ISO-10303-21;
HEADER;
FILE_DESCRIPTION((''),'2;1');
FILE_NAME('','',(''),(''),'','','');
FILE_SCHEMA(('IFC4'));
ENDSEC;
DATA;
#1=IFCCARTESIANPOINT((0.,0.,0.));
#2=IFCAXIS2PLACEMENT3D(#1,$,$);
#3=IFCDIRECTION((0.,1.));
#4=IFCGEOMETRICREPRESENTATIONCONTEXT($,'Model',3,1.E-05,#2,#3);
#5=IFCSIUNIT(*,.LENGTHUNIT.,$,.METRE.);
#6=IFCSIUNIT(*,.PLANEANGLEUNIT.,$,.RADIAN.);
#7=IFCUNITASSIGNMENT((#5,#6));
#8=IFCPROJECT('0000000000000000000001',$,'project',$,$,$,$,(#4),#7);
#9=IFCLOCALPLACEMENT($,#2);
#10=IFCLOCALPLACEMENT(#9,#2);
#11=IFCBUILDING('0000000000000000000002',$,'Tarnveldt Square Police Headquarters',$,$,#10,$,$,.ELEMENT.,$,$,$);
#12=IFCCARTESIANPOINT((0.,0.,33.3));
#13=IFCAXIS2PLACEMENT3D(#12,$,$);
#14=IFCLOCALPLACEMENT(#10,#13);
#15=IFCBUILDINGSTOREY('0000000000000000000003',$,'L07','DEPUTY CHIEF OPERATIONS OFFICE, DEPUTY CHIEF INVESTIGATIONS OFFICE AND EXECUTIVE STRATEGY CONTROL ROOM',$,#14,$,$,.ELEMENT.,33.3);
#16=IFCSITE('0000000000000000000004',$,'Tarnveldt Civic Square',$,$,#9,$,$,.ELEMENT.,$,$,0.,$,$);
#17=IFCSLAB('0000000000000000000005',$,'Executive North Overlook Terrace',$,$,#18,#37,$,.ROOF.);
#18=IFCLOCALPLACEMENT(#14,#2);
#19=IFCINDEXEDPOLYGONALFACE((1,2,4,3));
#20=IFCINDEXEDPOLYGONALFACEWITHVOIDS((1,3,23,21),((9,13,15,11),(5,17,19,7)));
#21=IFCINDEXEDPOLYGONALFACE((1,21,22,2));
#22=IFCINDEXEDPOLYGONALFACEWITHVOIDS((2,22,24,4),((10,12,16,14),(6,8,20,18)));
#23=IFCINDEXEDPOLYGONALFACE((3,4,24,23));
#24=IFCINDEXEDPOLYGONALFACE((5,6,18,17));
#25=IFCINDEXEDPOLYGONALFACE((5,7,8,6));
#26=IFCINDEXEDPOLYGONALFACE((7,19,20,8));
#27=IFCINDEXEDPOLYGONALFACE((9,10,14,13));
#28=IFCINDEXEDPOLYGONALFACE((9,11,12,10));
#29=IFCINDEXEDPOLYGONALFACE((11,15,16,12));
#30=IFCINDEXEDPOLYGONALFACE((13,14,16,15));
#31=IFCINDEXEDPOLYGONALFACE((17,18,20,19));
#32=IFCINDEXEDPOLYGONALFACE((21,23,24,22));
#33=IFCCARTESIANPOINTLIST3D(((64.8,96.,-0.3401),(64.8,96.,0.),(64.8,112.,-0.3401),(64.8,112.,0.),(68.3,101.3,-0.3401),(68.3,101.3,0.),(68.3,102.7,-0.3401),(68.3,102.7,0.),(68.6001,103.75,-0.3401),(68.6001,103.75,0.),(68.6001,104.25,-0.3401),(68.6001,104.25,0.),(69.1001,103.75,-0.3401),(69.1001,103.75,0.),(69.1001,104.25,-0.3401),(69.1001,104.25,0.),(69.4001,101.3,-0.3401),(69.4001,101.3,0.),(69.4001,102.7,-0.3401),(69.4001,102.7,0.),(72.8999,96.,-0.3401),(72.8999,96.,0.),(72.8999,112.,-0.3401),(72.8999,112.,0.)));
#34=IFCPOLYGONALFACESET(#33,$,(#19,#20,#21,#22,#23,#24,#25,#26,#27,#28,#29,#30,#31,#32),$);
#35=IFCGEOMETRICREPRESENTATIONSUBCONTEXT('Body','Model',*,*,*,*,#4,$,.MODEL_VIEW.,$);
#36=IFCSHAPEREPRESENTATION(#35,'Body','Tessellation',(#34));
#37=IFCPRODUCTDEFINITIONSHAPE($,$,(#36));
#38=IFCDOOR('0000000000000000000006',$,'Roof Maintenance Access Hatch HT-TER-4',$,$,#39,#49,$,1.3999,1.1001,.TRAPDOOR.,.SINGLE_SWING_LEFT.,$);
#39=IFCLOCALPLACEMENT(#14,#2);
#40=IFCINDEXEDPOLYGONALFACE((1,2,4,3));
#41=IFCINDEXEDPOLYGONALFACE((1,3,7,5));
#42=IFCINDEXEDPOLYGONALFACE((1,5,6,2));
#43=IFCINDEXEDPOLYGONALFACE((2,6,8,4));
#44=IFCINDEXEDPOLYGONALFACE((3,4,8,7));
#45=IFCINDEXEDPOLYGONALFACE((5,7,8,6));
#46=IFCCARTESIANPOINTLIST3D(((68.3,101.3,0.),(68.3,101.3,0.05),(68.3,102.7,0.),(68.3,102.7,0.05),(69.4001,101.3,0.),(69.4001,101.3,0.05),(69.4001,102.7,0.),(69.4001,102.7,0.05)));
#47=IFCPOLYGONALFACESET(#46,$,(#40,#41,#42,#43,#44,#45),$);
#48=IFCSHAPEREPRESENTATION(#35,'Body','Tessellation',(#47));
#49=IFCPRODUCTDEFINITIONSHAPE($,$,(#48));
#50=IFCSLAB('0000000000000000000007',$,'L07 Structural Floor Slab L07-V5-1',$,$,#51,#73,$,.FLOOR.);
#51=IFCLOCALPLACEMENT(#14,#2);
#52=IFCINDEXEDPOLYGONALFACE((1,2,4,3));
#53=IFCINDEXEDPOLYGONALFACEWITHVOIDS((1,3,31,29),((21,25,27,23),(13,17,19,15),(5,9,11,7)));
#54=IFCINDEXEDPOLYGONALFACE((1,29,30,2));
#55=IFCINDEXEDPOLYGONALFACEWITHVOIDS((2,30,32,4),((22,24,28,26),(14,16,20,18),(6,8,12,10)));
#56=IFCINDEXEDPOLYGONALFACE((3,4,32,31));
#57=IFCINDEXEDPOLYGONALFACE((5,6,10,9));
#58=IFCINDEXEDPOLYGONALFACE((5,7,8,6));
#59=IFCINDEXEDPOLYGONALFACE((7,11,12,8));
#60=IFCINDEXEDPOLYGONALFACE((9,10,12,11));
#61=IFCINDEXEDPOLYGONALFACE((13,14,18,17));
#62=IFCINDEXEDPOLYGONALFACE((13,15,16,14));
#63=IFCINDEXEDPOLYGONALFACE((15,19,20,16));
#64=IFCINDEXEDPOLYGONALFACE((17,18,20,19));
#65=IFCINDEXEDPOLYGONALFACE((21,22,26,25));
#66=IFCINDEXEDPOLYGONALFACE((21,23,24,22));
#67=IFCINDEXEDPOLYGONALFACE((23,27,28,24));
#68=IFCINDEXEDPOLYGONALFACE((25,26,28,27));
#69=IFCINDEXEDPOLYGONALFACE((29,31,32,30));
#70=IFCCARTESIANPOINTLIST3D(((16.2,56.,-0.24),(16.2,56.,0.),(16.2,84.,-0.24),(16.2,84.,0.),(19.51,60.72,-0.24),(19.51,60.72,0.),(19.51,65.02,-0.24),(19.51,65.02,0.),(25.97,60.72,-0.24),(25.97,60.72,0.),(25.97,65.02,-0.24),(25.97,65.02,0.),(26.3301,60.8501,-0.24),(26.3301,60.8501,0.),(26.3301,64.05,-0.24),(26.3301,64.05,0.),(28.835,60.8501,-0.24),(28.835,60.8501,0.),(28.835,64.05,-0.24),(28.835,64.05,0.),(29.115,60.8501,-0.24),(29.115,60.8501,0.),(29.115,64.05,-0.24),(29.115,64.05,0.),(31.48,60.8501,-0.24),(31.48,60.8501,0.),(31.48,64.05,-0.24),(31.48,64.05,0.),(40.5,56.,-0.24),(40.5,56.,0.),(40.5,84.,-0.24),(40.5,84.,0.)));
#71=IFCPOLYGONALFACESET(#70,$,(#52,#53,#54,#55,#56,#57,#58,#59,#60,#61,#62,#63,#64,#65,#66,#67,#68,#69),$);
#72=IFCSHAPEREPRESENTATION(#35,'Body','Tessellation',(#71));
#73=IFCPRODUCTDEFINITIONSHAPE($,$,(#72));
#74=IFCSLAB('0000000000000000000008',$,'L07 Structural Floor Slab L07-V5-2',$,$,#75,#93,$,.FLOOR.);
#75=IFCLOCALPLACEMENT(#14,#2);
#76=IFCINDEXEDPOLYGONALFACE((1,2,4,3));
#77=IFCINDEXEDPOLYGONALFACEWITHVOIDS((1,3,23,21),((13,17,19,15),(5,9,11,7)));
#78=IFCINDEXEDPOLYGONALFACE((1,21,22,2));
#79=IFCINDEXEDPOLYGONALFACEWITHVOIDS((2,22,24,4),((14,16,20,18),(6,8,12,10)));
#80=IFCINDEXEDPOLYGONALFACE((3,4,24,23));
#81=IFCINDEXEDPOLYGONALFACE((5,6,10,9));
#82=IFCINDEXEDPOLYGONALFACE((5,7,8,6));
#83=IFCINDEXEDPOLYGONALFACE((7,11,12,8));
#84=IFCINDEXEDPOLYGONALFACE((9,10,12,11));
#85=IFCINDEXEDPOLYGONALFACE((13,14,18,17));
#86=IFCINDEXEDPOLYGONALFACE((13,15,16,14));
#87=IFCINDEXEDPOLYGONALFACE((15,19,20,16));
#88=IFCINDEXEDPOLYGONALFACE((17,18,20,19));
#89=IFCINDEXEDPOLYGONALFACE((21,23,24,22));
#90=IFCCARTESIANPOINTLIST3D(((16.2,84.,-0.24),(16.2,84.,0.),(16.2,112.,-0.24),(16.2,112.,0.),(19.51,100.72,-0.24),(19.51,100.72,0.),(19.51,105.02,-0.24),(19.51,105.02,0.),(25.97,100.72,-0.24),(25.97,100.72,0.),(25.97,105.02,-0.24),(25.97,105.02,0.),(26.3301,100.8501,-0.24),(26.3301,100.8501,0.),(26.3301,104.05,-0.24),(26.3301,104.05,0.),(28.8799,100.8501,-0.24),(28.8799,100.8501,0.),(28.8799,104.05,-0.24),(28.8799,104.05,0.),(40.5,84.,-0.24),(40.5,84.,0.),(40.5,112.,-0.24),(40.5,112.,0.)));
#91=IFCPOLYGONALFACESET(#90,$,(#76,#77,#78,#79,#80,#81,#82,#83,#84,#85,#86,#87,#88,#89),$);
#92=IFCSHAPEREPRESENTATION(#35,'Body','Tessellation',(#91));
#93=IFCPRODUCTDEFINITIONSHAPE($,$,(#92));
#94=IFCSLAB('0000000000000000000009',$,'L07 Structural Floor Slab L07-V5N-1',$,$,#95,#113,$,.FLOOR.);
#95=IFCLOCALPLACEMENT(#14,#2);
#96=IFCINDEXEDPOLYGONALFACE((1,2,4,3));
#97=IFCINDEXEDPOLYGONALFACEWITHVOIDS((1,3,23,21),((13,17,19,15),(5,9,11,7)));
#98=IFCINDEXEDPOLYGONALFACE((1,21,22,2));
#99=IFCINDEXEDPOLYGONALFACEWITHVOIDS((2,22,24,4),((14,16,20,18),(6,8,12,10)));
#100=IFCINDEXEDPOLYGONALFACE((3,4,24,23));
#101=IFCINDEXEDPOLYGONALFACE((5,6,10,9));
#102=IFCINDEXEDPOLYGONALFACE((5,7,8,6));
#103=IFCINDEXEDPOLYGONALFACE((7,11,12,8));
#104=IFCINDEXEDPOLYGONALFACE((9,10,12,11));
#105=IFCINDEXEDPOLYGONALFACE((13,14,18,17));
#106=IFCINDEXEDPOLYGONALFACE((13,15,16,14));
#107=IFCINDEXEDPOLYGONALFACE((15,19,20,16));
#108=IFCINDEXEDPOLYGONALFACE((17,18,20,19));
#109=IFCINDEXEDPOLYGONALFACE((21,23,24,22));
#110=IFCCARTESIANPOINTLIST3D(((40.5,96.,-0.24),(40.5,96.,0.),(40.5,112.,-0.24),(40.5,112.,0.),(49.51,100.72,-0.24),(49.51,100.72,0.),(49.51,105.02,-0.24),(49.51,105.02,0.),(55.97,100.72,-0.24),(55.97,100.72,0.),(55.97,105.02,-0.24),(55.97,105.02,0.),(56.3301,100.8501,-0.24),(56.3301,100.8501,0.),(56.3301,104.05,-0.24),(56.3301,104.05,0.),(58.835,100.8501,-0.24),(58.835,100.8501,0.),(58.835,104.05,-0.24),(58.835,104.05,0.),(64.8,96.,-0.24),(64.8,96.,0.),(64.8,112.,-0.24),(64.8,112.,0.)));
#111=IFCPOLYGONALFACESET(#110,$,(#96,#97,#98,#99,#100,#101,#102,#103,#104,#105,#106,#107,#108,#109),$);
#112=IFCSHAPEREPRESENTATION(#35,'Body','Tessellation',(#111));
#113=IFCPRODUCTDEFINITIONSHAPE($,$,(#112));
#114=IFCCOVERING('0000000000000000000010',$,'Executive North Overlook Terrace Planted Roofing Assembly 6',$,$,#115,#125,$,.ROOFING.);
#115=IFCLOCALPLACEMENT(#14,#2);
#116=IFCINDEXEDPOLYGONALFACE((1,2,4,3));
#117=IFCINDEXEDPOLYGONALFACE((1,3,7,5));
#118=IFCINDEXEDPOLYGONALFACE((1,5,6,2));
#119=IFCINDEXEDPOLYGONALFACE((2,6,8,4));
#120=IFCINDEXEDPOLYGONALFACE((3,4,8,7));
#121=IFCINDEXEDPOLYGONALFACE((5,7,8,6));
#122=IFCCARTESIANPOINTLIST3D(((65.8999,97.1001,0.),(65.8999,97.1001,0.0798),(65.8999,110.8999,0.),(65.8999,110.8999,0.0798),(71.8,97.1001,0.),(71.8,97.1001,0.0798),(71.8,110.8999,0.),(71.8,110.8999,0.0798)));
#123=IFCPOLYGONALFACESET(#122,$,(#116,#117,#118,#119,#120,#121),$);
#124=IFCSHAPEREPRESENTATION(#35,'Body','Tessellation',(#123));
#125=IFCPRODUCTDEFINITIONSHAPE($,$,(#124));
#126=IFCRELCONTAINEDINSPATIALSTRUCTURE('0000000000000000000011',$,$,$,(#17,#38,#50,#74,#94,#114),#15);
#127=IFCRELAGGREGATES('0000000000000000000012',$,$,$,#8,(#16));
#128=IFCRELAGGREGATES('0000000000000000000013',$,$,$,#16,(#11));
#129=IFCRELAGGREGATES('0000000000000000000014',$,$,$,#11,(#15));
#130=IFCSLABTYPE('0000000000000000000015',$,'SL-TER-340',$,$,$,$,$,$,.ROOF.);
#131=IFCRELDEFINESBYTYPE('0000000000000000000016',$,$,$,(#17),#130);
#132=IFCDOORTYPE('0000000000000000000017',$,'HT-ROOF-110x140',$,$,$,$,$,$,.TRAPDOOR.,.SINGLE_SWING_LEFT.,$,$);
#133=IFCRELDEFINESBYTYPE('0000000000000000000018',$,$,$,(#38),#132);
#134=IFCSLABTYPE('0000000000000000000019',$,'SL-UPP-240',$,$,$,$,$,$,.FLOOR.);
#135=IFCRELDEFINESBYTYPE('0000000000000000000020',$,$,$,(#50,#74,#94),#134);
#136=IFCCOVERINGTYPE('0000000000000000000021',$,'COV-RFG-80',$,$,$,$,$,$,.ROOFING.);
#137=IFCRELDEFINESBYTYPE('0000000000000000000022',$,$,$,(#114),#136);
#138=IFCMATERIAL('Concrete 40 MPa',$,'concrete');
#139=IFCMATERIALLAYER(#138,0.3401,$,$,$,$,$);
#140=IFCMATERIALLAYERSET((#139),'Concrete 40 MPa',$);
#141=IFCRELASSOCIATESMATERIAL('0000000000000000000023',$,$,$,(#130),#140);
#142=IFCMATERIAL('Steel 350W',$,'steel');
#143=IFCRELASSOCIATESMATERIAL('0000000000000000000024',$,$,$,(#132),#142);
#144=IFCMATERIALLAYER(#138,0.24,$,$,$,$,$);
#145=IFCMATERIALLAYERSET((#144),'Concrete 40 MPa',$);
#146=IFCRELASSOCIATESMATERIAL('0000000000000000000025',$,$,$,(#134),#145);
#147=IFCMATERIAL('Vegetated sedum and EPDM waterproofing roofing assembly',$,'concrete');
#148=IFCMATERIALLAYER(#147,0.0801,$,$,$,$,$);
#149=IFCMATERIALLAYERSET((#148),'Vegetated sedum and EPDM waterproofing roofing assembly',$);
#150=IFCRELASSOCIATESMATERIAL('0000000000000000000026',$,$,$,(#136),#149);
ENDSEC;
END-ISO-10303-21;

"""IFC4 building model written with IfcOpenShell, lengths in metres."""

from ifc_helpers import new_model, si_unit, direction, frame, origin, origin_2d, place, context, subcontext, project, spatial, polyline, rectangle, outline, extrude, material, layer, layer_set, type_object, element, fill, save


model = new_model("IFC4")

# Units and contexts
model_context = context("Model", 3, precision=1e-05, world=origin(), true_north=direction((0.0, 1.0)))
body_context = subcontext(model_context, "Body", "Model", "MODEL_VIEW")
ifc_project = project(units=[si_unit("LENGTHUNIT", "METRE"), si_unit("PLANEANGLEUNIT", "RADIAN")], contexts=[model_context])

# Site, building, storey
site_placement = place(None, origin())
site = spatial("IfcSite", under=ifc_project, at=site_placement, Name="Tarnveldt Civic Square", CompositionType="ELEMENT", RefElevation=0.0)
building_placement = place(site_placement, origin())
building = spatial("IfcBuilding", under=site, at=building_placement, Name="Tarnveldt Square Police Headquarters", CompositionType="ELEMENT")
storey_placement = place(building_placement, frame((0.0, 0.0, 33.3)))
storey = spatial("IfcBuildingStorey", under=building, at=storey_placement, Name="L07", Description="DEPUTY CHIEF OPERATIONS OFFICE, DEPUTY CHIEF INVESTIGATIONS OFFICE AND EXECUTIVE STRATEGY CONTROL ROOM", CompositionType="ELEMENT", Elevation=33.3)

# Shared definitions
ifc_material_1 = material(Name="Steel 350W", Category="steel")
ifc_material_2 = material(Name="Concrete 40 MPa", Category="concrete")

# Slab, opening, door
ifc_layer_1 = layer(ifc_material_2, 0.3401)
ifc_layer_set_1 = layer_set([ifc_layer_1], Name="Concrete 40 MPa")
slab_type_1 = type_object("IfcSlabType", Name="SL-TER-340", PredefinedType="ROOF", material=ifc_layer_set_1)
slab_1_placement = place(storey_placement, frame((0.0, 0.0, -0.3401)))
slab_1 = element("IfcSlab", 1, at=slab_1_placement, inside=storey, type_object=slab_type_1, Name="Executive North Overlook Terrace", PredefinedType="ROOF", context=body_context, shape_type="SweptSolid", body=[
    extrude(outline(polyline([(72.8999, 96.0), (64.8, 96.0), (64.8, 112.0), (72.8999, 112.0), (72.8999, 96.0)]), holes=[polyline([(69.1001, 104.25), (68.6001, 104.25), (68.6001, 103.75), (69.1001, 103.75), (69.1001, 104.25)])]), origin(), (0.0, 0.0, 1.0), 0.3401),
])
opening_placement = place(slab_1_placement, frame((68.8501, 102.0, 0.0)))
opening = element("IfcOpeningElement", 2, at=opening_placement, cuts=slab_1, PredefinedType="OPENING", context=body_context, shape_type="SweptSolid", body=[
    extrude(rectangle(XDim=1.1001, YDim=1.3999, at=origin_2d()), frame((0.0, 0.0, -0.01)), (0.0, 0.0, 1.0), 0.4202),
])
door_type = type_object("IfcDoorType", Name="HT-ROOF-110x140", OperationType="SINGLE_SWING_LEFT", PredefinedType="TRAPDOOR", material=ifc_material_1)
door_placement = place(opening_placement, frame((0.0, 0.0, 0.3401)))
door = element("IfcDoor", 3, at=door_placement, inside=storey, type_object=door_type, Name="Roof Maintenance Access Hatch HT-TER-4", OperationType="SINGLE_SWING_LEFT", OverallHeight=1.3999, OverallWidth=1.1001, PredefinedType="TRAPDOOR", context=body_context, shape_type="SweptSolid", body=[
    extrude(rectangle(XDim=1.1001, YDim=1.3999, at=origin_2d()), origin(), (0.0, 0.0, 1.0), 0.05),
])
fill(opening, door)

# Slabs
ifc_layer_2 = layer(ifc_material_2, 0.24)
ifc_layer_set_2 = layer_set([ifc_layer_2], Name="Concrete 40 MPa")
slab_type_2 = type_object("IfcSlabType", Name="SL-UPP-240", PredefinedType="FLOOR", material=ifc_layer_set_2)
slab_2_placement = place(storey_placement, frame((0.0, 0.0, -0.24)))
element("IfcSlab", 4, at=slab_2_placement, inside=storey, type_object=slab_type_2, Name="L07 Structural Floor Slab L07-V5-1", PredefinedType="FLOOR", context=body_context, shape_type="SweptSolid", body=[
    extrude(outline(polyline([(40.5, 56.0), (16.2, 56.0), (16.2, 84.0), (40.5, 84.0), (40.5, 56.0)]), holes=[polyline([(28.835, 60.8501), (28.835, 64.05), (26.3301, 64.05), (26.3301, 60.8501), (28.835, 60.8501)]), polyline([(29.115, 60.8501), (31.48, 60.8501), (31.48, 64.05), (29.115, 64.05), (29.115, 60.8501)]), polyline([(19.51, 60.72), (25.97, 60.72), (25.97, 65.02), (19.51, 65.02), (19.51, 60.72)])]), origin(), (0.0, 0.0, 1.0), 0.24),
])
slab_3_placement = place(storey_placement, frame((0.0, 0.0, -0.24)))
element("IfcSlab", 5, at=slab_3_placement, inside=storey, type_object=slab_type_2, Name="L07 Structural Floor Slab L07-V5-2", PredefinedType="FLOOR", context=body_context, shape_type="SweptSolid", body=[
    extrude(outline(polyline([(40.5, 112.0), (40.5, 84.0), (16.2, 84.0), (16.2, 112.0), (40.5, 112.0)]), holes=[polyline([(26.3301, 100.8501), (28.8799, 100.8501), (28.8799, 104.05), (26.3301, 104.05), (26.3301, 100.8501)]), polyline([(19.51, 100.72), (25.97, 100.72), (25.97, 105.02), (19.51, 105.02), (19.51, 100.72)])]), origin(), (0.0, 0.0, 1.0), 0.24),
])
slab_4_placement = place(storey_placement, frame((0.0, 0.0, -0.24)))
element("IfcSlab", 6, at=slab_4_placement, inside=storey, type_object=slab_type_2, Name="L07 Structural Floor Slab L07-V5N-1", PredefinedType="FLOOR", context=body_context, shape_type="SweptSolid", body=[
    extrude(outline(polyline([(40.5, 96.0), (40.5, 112.0), (64.8, 112.0), (64.8, 96.0), (40.5, 96.0)]), holes=[polyline([(56.3301, 100.8501), (58.835, 100.8501), (58.835, 104.05), (56.3301, 104.05), (56.3301, 100.8501)]), polyline([(49.51, 100.72), (55.97, 100.72), (55.97, 105.02), (49.51, 105.02), (49.51, 100.72)])]), origin(), (0.0, 0.0, 1.0), 0.24),
])

# Covering
ifc_material_3 = material(Name="Vegetated sedum and EPDM waterproofing roofing assembly", Category="concrete")
ifc_layer_3 = layer(ifc_material_3, 0.0801)
ifc_layer_set_3 = layer_set([ifc_layer_3], Name="Vegetated sedum and EPDM waterproofing roofing assembly")
covering_type = type_object("IfcCoveringType", Name="COV-RFG-80", PredefinedType="ROOFING", material=ifc_layer_set_3)
covering_placement = place(storey_placement, origin())
element("IfcCovering", 7, at=covering_placement, inside=storey, type_object=covering_type, Name="Executive North Overlook Terrace Planted Roofing Assembly 6", PredefinedType="ROOFING", context=body_context, shape_type="SweptSolid", body=[
    extrude(outline(polyline([(71.8, 97.1001), (71.8, 110.8999), (65.8999, 110.8999), (65.8999, 97.1001), (71.8, 97.1001)])), origin(), (0.0, 0.0, 1.0), 0.0798),
])

save(model, "model.ifc")
